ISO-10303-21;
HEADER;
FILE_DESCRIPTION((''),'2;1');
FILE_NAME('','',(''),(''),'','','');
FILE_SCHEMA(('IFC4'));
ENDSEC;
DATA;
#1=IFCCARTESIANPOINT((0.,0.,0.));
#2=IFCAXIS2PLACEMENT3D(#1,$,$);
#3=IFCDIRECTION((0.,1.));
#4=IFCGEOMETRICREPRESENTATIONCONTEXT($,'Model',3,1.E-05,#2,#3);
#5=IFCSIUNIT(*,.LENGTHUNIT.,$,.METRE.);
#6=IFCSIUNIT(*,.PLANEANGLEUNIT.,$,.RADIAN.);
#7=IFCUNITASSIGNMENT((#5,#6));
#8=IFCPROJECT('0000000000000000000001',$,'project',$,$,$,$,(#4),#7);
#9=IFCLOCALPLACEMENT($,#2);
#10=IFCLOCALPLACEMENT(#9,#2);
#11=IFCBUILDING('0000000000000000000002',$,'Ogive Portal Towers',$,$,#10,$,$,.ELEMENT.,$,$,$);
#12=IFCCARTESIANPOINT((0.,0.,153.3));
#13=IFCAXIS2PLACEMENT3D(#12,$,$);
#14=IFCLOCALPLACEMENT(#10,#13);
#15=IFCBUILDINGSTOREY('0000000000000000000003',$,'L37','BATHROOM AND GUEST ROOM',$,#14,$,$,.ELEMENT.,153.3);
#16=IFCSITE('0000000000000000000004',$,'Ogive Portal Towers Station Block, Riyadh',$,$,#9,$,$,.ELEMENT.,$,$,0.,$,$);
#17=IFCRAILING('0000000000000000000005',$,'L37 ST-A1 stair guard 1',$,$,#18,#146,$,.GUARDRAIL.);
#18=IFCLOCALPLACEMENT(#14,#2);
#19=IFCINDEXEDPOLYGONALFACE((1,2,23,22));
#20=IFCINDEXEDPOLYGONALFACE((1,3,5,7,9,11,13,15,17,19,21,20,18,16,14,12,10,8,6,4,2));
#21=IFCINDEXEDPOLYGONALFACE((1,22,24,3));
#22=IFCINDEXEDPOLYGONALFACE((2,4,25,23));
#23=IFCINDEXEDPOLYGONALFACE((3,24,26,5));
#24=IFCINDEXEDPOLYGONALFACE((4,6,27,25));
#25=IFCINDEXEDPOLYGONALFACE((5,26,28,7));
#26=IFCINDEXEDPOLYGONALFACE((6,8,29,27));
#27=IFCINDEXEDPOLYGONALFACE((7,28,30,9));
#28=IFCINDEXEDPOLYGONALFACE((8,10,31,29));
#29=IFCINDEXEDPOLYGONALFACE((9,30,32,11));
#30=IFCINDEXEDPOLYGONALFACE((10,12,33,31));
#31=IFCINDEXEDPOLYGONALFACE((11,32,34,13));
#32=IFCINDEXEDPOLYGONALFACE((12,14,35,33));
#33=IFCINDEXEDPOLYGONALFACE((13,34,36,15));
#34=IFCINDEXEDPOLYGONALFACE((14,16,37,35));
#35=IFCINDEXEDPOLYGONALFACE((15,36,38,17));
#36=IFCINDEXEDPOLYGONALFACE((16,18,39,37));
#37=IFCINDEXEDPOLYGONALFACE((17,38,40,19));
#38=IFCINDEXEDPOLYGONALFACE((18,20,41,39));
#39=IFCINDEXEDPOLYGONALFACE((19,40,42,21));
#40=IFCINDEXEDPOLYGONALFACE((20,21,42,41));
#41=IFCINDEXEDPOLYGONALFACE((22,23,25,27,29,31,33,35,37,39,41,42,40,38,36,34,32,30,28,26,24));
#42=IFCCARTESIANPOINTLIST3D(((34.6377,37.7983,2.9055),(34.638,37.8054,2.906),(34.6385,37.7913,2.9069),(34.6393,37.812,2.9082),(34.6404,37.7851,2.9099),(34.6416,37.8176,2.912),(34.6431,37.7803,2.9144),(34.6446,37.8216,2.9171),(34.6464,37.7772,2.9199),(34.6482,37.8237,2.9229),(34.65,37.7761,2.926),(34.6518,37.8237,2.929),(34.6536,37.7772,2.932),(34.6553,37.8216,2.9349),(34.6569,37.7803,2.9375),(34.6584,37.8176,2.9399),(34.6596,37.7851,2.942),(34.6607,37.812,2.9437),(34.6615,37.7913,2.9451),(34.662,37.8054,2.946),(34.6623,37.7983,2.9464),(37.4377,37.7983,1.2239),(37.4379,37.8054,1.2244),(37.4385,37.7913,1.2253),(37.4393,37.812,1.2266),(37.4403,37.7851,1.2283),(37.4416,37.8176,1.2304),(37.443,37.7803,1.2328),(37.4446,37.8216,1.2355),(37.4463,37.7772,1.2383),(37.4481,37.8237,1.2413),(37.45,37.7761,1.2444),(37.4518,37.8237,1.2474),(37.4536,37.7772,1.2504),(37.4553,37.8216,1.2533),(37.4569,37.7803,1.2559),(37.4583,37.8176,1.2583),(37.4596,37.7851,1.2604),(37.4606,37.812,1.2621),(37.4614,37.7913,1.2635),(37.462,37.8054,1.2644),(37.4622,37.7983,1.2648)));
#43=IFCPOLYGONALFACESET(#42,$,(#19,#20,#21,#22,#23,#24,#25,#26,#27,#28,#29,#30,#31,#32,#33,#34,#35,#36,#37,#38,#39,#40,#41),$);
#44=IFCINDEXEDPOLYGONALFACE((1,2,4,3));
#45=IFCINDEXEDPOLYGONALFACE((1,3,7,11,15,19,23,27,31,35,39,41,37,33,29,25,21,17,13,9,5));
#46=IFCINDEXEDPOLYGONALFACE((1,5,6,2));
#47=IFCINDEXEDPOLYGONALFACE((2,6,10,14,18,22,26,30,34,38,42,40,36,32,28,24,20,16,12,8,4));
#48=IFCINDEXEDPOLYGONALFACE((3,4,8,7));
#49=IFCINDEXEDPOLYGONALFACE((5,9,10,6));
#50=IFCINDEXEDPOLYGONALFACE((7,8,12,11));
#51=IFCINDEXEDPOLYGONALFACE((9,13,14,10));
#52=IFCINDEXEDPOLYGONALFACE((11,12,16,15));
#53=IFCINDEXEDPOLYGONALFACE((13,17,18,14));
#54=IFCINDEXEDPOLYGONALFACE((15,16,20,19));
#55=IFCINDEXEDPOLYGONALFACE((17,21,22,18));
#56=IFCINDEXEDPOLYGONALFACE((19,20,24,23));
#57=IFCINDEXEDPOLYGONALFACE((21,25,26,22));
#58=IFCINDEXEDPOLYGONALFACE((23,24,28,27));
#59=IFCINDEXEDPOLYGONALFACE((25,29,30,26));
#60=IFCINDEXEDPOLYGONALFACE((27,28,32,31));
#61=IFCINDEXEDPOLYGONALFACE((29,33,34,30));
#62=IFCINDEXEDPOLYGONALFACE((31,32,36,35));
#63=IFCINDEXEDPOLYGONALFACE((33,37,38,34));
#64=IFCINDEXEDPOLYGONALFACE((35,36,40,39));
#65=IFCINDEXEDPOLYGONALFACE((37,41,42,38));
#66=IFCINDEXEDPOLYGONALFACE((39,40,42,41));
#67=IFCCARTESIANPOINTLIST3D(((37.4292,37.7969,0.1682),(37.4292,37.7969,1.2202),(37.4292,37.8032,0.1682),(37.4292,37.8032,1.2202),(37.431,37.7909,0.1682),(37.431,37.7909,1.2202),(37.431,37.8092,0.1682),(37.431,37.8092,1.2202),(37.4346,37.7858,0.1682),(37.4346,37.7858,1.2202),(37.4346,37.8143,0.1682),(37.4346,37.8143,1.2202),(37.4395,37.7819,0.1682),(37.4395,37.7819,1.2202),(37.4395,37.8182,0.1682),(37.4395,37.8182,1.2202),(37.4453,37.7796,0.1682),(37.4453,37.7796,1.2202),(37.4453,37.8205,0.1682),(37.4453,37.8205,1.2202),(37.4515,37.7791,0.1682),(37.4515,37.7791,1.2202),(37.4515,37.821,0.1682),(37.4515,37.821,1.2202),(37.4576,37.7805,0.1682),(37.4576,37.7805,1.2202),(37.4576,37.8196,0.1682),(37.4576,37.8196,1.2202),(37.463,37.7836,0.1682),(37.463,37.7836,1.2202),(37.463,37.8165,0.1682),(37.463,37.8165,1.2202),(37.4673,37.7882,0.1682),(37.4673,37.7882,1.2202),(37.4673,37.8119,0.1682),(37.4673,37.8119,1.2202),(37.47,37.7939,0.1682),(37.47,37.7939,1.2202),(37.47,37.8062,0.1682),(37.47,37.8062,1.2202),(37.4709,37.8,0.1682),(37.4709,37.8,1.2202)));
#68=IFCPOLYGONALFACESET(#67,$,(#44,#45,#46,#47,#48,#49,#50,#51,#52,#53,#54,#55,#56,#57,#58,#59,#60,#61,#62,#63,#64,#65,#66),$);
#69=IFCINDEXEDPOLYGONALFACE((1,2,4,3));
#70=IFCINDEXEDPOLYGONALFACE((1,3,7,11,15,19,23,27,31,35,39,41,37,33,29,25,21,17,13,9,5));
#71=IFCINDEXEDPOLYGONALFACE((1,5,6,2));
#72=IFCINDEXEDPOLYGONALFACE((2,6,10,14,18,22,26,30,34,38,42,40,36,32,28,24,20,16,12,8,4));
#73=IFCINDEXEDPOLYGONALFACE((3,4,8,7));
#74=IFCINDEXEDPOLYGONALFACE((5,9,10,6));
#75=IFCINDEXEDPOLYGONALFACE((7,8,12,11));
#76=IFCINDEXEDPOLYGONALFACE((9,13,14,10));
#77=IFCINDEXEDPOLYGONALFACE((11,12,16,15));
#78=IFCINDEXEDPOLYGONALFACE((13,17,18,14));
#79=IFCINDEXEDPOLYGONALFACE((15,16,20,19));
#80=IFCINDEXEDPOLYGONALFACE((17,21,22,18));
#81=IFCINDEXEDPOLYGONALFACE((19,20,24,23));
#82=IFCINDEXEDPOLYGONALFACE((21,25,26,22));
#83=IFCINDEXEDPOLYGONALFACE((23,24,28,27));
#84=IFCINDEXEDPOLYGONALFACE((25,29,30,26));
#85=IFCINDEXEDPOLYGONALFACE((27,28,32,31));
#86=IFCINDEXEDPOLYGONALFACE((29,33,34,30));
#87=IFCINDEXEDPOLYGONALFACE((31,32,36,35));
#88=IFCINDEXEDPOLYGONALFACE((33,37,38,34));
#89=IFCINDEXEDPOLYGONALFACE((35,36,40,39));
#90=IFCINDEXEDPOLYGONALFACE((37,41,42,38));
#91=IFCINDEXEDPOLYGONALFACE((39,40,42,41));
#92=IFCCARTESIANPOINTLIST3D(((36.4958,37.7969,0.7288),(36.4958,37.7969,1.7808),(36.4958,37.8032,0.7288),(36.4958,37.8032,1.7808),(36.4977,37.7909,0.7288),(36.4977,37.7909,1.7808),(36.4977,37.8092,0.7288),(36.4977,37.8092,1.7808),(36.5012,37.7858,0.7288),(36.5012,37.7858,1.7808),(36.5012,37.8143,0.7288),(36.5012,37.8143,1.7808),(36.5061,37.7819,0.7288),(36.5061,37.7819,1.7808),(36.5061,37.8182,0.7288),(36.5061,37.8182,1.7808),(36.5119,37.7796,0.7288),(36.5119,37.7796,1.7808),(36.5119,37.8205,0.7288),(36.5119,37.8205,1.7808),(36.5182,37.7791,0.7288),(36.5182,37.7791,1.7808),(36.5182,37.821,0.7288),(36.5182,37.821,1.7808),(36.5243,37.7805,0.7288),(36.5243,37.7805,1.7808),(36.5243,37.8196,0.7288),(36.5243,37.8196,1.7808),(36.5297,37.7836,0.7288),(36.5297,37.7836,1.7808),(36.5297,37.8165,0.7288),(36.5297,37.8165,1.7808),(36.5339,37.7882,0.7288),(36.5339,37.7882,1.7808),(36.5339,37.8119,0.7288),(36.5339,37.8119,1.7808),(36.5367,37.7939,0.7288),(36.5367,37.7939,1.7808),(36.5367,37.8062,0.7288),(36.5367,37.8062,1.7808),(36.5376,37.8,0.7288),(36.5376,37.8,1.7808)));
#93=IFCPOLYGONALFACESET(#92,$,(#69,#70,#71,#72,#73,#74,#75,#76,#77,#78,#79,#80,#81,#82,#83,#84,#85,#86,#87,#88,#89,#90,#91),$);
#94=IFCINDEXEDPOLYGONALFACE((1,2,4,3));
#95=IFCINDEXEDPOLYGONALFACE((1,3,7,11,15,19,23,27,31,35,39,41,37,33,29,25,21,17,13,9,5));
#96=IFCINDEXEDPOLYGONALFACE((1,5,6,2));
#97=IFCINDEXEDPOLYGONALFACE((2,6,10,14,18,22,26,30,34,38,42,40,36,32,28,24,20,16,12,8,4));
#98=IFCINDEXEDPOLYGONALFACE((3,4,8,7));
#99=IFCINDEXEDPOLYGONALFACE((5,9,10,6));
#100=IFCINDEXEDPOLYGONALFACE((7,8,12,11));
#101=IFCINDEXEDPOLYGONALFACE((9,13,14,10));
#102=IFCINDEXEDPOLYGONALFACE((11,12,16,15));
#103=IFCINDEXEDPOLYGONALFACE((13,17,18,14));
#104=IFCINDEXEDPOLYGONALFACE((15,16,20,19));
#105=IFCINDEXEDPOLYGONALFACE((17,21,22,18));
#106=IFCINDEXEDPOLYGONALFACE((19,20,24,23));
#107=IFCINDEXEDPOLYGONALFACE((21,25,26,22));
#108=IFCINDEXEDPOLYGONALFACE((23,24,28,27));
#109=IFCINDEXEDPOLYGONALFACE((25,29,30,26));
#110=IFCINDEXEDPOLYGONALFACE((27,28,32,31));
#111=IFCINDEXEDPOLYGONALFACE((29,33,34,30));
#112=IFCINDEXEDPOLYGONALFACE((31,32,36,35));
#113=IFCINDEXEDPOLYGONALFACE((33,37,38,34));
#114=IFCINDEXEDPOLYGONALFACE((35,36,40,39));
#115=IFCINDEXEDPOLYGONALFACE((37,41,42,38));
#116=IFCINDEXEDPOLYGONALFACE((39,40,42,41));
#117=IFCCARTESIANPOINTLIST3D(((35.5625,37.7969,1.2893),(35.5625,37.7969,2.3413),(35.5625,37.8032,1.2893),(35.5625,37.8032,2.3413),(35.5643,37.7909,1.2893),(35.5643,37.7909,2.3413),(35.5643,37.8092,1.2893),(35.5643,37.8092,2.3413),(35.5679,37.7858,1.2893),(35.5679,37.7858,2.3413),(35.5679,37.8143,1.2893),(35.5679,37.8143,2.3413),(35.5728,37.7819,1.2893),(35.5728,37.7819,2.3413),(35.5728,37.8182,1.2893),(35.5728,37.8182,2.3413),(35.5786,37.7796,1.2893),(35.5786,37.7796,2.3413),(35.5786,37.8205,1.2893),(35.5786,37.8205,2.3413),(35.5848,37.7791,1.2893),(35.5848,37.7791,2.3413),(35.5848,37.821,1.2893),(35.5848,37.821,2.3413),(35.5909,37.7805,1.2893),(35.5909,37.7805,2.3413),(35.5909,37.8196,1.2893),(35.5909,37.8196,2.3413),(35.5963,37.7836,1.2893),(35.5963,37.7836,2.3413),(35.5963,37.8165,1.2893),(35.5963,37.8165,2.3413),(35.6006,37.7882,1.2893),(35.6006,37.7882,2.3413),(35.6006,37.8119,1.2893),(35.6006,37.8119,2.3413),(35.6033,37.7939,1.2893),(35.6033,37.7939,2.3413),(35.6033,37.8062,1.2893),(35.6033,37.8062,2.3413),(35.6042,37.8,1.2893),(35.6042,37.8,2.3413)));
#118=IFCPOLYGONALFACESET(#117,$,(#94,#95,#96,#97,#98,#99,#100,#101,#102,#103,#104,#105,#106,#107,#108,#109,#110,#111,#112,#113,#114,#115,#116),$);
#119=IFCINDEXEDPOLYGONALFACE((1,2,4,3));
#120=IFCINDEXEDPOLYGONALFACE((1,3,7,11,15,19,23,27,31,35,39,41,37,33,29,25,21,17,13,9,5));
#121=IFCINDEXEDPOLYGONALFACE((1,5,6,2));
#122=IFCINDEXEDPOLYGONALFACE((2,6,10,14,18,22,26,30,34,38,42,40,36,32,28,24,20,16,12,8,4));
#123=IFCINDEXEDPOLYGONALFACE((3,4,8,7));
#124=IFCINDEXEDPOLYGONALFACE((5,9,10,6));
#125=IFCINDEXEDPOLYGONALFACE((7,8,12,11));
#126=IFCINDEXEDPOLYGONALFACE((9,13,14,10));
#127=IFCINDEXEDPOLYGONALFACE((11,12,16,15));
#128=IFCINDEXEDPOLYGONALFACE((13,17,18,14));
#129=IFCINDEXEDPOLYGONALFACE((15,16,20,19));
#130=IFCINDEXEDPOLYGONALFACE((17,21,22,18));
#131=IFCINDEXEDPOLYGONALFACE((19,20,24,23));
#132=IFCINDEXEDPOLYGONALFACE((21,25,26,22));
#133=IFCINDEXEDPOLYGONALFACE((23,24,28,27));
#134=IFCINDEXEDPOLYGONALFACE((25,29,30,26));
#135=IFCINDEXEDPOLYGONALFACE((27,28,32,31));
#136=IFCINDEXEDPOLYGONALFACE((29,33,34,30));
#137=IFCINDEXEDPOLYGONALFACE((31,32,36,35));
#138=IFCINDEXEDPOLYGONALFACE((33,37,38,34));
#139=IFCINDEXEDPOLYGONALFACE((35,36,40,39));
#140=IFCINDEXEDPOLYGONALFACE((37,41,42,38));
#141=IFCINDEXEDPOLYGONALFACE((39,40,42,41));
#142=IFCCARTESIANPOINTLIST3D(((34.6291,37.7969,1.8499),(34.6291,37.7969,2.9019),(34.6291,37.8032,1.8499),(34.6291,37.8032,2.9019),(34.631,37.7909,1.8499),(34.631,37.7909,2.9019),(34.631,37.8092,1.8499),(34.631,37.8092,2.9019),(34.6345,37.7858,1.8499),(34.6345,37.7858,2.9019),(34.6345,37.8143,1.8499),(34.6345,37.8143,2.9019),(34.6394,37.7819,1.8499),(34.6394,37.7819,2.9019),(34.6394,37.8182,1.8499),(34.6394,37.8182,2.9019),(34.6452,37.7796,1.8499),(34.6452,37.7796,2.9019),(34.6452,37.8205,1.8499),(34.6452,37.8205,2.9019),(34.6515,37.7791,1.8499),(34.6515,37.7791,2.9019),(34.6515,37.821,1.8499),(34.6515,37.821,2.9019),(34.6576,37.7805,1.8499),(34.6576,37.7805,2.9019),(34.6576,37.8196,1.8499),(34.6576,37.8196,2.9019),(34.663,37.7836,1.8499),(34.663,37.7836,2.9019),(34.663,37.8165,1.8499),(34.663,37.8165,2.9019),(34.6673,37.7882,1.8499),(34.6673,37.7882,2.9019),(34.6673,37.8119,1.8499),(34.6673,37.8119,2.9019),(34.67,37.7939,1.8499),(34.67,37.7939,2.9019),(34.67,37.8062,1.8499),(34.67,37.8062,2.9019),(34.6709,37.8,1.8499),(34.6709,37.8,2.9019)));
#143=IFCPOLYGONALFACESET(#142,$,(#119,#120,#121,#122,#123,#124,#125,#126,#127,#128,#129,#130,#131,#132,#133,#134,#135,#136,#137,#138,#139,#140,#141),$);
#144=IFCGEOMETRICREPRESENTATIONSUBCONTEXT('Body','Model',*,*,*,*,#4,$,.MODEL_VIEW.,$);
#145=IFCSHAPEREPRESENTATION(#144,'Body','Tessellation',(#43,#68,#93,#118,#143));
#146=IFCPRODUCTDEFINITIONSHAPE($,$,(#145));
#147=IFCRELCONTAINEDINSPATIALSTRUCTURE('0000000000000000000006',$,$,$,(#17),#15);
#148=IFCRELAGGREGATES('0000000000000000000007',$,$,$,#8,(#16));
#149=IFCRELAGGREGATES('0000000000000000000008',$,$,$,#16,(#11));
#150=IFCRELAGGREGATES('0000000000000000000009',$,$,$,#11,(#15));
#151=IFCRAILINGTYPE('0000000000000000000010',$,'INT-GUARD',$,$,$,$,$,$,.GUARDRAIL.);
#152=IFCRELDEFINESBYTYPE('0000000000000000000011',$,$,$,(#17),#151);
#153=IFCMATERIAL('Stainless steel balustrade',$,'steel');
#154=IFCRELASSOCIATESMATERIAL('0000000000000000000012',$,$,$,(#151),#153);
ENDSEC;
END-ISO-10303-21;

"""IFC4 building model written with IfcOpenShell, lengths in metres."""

from ifc_helpers import new_model, si_unit, direction, frame, origin, origin_2d, place, context, subcontext, project, spatial, circle, extrude, material, type_object, element, save


model = new_model("IFC4")

# Units and contexts
model_context = context("Model", 3, precision=1e-05, world=origin(), true_north=direction((0.0, 1.0)))
body_context = subcontext(model_context, "Body", "Model", "MODEL_VIEW")
ifc_project = project(units=[si_unit("LENGTHUNIT", "METRE"), si_unit("PLANEANGLEUNIT", "RADIAN")], contexts=[model_context])

# Site, building, storey
site_placement = place(None, origin())
site = spatial("IfcSite", under=ifc_project, at=site_placement, Name="Ogive Portal Towers Station Block, Riyadh", CompositionType="ELEMENT", RefElevation=0.0)
building_placement = place(site_placement, origin())
building = spatial("IfcBuilding", under=site, at=building_placement, Name="Ogive Portal Towers", CompositionType="ELEMENT")
storey_placement = place(building_placement, frame((0.0, 0.0, 153.3)))
storey = spatial("IfcBuildingStorey", under=building, at=storey_placement, Name="L37", Description="BATHROOM AND GUEST ROOM", CompositionType="ELEMENT", Elevation=153.3)

# Railing
ifc_material_1 = material(Name="Stainless steel balustrade", Category="steel")
railing_type_1 = type_object("IfcRailingType", Name="INT-GUARD", PredefinedType="GUARDRAIL", material=ifc_material_1)
railing_1_placement = place(storey_placement, frame((37.45, 37.8, 0.1682)))
element("IfcRailing", 1, at=railing_1_placement, inside=storey, type_object=railing_type_1, Name="L37 ST-A1 stair guard 1", PredefinedType="GUARDRAIL", context=body_context, shape_type="SweptSolid", body=[
    extrude(circle(Radius=0.0239, at=origin_2d()), frame((0.0, 0.0, 1.0762), z_axis=(-0.857275, 0.0, 0.514858), x_axis=(0.0, -1.0, 0.0)), (0.0, 0.0, 1.0), 3.2661),
    extrude(circle(Radius=0.021, at=origin_2d()), origin(), (0.0, 0.0, 1.0), 1.052),
    extrude(circle(Radius=0.021, at=origin_2d()), frame((-0.9333, 0.0, 0.5605)), (0.0, 0.0, 1.0), 1.052),
    extrude(circle(Radius=0.021, at=origin_2d()), frame((-1.8667, 0.0, 1.1211)), (0.0, 0.0, 1.0), 1.052),
    extrude(circle(Radius=0.021, at=origin_2d()), frame((-2.8, 0.0, 1.6816)), (0.0, 0.0, 1.0), 1.052),
])

save(model, "model.ifc")
